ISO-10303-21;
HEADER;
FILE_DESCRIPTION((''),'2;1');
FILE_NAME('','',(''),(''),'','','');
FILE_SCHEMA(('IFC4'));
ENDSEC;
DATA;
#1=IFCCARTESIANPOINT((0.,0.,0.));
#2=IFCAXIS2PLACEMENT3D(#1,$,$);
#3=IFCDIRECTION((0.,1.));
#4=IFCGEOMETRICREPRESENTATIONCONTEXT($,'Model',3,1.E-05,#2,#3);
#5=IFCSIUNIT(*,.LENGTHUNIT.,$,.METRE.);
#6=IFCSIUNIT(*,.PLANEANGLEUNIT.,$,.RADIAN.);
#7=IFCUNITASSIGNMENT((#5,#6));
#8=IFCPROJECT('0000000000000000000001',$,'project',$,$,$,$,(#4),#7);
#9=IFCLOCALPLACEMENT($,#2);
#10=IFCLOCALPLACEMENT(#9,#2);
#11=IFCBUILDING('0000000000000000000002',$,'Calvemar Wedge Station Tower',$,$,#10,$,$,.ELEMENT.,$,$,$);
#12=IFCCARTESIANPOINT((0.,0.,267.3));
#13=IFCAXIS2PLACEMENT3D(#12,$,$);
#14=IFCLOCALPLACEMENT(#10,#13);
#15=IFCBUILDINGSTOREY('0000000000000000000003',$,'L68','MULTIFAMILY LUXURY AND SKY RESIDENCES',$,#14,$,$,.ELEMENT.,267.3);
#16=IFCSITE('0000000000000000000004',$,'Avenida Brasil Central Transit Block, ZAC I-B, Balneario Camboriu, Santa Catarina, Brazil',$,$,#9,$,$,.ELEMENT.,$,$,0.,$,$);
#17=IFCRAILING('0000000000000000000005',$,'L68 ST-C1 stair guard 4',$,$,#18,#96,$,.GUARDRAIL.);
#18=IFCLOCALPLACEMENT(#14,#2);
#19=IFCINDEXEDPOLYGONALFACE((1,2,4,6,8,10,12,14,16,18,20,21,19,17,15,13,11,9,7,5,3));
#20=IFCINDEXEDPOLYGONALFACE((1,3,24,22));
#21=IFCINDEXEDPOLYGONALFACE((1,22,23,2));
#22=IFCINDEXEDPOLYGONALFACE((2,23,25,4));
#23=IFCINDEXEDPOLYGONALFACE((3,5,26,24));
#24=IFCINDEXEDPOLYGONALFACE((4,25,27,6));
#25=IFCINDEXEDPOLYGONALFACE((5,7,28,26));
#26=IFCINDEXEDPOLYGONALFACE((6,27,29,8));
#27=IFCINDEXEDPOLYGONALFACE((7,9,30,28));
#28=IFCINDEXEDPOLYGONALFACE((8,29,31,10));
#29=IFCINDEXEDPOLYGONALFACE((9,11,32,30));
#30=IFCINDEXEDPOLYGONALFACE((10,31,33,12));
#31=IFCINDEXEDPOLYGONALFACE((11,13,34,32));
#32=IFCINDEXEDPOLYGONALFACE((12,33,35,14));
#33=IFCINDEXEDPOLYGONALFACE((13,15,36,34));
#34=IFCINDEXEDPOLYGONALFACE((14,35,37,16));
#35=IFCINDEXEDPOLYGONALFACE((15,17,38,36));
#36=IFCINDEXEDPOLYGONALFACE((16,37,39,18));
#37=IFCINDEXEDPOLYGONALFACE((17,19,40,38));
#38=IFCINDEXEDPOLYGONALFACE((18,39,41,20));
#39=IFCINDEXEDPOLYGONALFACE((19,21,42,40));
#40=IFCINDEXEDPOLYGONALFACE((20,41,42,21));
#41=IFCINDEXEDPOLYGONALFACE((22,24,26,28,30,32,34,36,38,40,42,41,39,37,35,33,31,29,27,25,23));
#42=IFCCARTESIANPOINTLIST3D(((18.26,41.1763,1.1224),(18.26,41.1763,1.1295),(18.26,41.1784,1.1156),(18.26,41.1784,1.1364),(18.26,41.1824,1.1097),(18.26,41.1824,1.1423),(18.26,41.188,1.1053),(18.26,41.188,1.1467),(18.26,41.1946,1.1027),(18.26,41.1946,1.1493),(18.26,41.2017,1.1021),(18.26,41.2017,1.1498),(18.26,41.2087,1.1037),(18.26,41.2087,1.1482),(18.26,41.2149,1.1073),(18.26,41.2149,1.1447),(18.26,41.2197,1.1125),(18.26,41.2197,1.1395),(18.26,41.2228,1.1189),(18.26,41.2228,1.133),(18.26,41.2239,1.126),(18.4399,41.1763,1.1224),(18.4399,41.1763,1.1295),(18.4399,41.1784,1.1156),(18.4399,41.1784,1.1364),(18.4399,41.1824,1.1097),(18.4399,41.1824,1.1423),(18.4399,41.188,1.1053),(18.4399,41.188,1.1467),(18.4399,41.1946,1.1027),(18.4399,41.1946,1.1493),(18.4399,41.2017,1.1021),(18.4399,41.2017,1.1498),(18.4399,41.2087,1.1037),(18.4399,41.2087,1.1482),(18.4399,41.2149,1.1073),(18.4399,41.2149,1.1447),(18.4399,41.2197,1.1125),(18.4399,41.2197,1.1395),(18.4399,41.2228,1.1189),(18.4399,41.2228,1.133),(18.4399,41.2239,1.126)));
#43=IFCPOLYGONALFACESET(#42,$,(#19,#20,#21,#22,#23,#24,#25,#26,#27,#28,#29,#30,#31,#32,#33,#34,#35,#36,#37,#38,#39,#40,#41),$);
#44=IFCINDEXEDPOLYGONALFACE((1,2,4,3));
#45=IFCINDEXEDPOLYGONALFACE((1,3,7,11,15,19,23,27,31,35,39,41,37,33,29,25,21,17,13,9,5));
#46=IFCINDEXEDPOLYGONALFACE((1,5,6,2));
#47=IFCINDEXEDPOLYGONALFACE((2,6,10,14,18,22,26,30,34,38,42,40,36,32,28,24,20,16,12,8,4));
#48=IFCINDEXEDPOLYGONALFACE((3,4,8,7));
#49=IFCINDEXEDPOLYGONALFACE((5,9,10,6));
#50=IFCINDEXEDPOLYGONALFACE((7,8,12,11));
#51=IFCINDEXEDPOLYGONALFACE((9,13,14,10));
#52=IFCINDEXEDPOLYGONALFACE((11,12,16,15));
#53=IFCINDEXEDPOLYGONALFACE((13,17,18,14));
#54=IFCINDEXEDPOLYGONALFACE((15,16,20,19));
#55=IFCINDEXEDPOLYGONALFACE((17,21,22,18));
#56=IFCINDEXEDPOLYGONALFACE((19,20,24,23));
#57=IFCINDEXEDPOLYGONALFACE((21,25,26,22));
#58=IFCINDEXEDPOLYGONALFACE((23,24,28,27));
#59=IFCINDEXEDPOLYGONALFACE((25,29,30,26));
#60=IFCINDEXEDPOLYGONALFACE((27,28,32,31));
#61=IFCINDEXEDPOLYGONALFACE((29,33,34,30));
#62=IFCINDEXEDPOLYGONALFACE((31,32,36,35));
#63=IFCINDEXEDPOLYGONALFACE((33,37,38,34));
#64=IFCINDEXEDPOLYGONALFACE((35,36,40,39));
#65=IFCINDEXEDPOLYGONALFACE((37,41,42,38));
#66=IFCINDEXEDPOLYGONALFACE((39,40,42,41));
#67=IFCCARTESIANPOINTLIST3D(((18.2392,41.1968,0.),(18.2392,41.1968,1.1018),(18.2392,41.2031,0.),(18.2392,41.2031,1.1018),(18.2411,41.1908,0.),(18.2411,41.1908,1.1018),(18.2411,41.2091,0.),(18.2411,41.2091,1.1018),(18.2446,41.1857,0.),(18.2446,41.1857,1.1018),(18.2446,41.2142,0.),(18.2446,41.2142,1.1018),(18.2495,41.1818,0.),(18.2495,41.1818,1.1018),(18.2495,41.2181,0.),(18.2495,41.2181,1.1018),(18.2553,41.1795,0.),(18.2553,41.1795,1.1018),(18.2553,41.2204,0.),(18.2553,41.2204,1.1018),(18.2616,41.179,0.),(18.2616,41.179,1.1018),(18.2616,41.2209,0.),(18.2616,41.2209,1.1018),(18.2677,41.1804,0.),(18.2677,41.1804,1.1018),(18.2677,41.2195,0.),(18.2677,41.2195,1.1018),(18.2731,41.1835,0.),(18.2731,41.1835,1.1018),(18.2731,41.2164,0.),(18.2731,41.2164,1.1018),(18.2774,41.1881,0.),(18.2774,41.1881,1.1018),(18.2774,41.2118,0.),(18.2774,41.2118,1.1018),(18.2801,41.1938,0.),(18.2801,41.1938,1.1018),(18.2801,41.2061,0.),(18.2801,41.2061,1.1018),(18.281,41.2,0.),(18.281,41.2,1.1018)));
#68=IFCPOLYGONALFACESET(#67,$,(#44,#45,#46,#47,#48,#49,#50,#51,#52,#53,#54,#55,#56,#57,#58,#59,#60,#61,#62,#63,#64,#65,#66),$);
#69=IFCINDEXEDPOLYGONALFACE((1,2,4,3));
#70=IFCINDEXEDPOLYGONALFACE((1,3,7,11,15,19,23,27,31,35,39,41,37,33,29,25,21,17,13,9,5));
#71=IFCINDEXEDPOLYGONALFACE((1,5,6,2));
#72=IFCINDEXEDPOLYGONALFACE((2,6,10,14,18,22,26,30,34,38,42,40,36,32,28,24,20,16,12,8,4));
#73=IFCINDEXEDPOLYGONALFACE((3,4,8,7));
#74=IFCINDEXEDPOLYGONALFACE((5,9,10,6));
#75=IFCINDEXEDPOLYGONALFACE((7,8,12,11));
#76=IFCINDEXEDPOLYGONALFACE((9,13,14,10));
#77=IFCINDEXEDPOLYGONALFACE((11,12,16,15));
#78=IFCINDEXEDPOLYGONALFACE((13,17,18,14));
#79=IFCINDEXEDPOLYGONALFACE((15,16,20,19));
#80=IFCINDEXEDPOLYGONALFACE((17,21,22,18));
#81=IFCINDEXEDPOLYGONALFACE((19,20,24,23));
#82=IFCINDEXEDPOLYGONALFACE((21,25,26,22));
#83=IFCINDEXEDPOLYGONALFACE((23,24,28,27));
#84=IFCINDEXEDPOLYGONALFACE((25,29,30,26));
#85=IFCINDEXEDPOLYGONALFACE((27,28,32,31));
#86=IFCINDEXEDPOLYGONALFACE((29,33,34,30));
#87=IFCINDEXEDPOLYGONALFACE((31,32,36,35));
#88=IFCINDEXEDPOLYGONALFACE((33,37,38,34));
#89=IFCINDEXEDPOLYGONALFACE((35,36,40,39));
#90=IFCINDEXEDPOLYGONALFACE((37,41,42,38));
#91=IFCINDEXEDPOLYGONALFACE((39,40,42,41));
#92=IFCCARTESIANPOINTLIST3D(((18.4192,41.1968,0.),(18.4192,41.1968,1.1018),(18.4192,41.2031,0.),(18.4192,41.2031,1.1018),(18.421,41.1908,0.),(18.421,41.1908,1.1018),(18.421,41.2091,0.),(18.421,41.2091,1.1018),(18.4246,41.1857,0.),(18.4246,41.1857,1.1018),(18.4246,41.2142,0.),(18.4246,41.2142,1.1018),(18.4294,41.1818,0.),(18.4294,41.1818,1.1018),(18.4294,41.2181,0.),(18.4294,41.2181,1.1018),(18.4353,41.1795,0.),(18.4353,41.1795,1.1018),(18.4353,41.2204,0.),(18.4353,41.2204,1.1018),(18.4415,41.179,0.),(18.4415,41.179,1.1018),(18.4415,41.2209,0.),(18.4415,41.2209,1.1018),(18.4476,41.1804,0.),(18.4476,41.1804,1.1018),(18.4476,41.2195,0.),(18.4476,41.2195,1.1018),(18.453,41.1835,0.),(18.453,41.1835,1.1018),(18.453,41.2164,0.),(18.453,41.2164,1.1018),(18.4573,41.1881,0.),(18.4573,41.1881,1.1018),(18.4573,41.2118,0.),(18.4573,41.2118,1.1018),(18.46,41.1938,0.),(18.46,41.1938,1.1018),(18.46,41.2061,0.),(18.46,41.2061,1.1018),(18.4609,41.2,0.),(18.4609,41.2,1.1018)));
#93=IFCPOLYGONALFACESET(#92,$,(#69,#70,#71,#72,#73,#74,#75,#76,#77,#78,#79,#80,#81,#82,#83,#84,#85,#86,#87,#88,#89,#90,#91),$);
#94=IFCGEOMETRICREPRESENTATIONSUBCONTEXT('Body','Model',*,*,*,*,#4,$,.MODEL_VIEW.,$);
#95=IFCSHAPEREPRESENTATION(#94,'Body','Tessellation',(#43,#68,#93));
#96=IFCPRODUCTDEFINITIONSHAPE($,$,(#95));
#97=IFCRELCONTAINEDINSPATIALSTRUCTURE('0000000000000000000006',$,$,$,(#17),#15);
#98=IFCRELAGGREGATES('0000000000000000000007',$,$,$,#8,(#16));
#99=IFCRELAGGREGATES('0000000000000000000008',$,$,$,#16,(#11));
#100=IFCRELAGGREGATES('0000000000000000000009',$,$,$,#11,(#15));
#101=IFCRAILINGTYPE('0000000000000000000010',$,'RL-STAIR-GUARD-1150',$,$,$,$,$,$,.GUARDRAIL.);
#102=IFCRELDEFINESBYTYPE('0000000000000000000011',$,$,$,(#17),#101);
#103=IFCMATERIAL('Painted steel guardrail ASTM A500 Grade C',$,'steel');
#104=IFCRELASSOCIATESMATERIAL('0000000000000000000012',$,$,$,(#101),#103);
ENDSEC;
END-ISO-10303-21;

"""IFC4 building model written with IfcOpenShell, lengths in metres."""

from ifc_helpers import new_model, si_unit, direction, frame, origin, origin_2d, place, context, subcontext, project, spatial, circle, extrude, material, type_object, element, save


model = new_model("IFC4")

# Units and contexts
model_context = context("Model", 3, precision=1e-05, world=origin(), true_north=direction((0.0, 1.0)))
body_context = subcontext(model_context, "Body", "Model", "MODEL_VIEW")
ifc_project = project(units=[si_unit("LENGTHUNIT", "METRE"), si_unit("PLANEANGLEUNIT", "RADIAN")], contexts=[model_context])

# Site, building, storey
site_placement = place(None, origin())
site = spatial("IfcSite", under=ifc_project, at=site_placement, Name="Avenida Brasil Central Transit Block, ZAC I-B, Balneario Camboriu, Santa Catarina, Brazil", CompositionType="ELEMENT", RefElevation=0.0)
building_placement = place(site_placement, origin())
building = spatial("IfcBuilding", under=site, at=building_placement, Name="Calvemar Wedge Station Tower", CompositionType="ELEMENT")
storey_placement = place(building_placement, frame((0.0, 0.0, 267.3)))
storey = spatial("IfcBuildingStorey", under=building, at=storey_placement, Name="L68", Description="MULTIFAMILY LUXURY AND SKY RESIDENCES", CompositionType="ELEMENT", Elevation=267.3)

# Railing
ifc_material_1 = material(Name="Painted steel guardrail ASTM A500 Grade C", Category="steel")
railing_type_1 = type_object("IfcRailingType", Name="RL-STAIR-GUARD-1150", PredefinedType="GUARDRAIL", material=ifc_material_1)
railing_1_placement = place(storey_placement, frame((18.26, 41.2, 0.0)))
element("IfcRailing", 1, at=railing_1_placement, inside=storey, type_object=railing_type_1, Name="L68 ST-C1 stair guard 4", PredefinedType="GUARDRAIL", context=body_context, shape_type="SweptSolid", body=[
    extrude(circle(Radius=0.0239, at=origin_2d()), frame((0.0, 0.0, 1.126), z_axis=(1.0, 0.0, 0.0), x_axis=(0.0, 1.0, 0.0)), (0.0, 0.0, 1.0), 0.1799),
    extrude(circle(Radius=0.021, at=origin_2d()), origin(), (0.0, 0.0, 1.0), 1.1018),
    extrude(circle(Radius=0.021, at=origin_2d()), frame((0.1799, 0.0, 0.0)), (0.0, 0.0, 1.0), 1.1018),
])

save(model, "model.ifc")
